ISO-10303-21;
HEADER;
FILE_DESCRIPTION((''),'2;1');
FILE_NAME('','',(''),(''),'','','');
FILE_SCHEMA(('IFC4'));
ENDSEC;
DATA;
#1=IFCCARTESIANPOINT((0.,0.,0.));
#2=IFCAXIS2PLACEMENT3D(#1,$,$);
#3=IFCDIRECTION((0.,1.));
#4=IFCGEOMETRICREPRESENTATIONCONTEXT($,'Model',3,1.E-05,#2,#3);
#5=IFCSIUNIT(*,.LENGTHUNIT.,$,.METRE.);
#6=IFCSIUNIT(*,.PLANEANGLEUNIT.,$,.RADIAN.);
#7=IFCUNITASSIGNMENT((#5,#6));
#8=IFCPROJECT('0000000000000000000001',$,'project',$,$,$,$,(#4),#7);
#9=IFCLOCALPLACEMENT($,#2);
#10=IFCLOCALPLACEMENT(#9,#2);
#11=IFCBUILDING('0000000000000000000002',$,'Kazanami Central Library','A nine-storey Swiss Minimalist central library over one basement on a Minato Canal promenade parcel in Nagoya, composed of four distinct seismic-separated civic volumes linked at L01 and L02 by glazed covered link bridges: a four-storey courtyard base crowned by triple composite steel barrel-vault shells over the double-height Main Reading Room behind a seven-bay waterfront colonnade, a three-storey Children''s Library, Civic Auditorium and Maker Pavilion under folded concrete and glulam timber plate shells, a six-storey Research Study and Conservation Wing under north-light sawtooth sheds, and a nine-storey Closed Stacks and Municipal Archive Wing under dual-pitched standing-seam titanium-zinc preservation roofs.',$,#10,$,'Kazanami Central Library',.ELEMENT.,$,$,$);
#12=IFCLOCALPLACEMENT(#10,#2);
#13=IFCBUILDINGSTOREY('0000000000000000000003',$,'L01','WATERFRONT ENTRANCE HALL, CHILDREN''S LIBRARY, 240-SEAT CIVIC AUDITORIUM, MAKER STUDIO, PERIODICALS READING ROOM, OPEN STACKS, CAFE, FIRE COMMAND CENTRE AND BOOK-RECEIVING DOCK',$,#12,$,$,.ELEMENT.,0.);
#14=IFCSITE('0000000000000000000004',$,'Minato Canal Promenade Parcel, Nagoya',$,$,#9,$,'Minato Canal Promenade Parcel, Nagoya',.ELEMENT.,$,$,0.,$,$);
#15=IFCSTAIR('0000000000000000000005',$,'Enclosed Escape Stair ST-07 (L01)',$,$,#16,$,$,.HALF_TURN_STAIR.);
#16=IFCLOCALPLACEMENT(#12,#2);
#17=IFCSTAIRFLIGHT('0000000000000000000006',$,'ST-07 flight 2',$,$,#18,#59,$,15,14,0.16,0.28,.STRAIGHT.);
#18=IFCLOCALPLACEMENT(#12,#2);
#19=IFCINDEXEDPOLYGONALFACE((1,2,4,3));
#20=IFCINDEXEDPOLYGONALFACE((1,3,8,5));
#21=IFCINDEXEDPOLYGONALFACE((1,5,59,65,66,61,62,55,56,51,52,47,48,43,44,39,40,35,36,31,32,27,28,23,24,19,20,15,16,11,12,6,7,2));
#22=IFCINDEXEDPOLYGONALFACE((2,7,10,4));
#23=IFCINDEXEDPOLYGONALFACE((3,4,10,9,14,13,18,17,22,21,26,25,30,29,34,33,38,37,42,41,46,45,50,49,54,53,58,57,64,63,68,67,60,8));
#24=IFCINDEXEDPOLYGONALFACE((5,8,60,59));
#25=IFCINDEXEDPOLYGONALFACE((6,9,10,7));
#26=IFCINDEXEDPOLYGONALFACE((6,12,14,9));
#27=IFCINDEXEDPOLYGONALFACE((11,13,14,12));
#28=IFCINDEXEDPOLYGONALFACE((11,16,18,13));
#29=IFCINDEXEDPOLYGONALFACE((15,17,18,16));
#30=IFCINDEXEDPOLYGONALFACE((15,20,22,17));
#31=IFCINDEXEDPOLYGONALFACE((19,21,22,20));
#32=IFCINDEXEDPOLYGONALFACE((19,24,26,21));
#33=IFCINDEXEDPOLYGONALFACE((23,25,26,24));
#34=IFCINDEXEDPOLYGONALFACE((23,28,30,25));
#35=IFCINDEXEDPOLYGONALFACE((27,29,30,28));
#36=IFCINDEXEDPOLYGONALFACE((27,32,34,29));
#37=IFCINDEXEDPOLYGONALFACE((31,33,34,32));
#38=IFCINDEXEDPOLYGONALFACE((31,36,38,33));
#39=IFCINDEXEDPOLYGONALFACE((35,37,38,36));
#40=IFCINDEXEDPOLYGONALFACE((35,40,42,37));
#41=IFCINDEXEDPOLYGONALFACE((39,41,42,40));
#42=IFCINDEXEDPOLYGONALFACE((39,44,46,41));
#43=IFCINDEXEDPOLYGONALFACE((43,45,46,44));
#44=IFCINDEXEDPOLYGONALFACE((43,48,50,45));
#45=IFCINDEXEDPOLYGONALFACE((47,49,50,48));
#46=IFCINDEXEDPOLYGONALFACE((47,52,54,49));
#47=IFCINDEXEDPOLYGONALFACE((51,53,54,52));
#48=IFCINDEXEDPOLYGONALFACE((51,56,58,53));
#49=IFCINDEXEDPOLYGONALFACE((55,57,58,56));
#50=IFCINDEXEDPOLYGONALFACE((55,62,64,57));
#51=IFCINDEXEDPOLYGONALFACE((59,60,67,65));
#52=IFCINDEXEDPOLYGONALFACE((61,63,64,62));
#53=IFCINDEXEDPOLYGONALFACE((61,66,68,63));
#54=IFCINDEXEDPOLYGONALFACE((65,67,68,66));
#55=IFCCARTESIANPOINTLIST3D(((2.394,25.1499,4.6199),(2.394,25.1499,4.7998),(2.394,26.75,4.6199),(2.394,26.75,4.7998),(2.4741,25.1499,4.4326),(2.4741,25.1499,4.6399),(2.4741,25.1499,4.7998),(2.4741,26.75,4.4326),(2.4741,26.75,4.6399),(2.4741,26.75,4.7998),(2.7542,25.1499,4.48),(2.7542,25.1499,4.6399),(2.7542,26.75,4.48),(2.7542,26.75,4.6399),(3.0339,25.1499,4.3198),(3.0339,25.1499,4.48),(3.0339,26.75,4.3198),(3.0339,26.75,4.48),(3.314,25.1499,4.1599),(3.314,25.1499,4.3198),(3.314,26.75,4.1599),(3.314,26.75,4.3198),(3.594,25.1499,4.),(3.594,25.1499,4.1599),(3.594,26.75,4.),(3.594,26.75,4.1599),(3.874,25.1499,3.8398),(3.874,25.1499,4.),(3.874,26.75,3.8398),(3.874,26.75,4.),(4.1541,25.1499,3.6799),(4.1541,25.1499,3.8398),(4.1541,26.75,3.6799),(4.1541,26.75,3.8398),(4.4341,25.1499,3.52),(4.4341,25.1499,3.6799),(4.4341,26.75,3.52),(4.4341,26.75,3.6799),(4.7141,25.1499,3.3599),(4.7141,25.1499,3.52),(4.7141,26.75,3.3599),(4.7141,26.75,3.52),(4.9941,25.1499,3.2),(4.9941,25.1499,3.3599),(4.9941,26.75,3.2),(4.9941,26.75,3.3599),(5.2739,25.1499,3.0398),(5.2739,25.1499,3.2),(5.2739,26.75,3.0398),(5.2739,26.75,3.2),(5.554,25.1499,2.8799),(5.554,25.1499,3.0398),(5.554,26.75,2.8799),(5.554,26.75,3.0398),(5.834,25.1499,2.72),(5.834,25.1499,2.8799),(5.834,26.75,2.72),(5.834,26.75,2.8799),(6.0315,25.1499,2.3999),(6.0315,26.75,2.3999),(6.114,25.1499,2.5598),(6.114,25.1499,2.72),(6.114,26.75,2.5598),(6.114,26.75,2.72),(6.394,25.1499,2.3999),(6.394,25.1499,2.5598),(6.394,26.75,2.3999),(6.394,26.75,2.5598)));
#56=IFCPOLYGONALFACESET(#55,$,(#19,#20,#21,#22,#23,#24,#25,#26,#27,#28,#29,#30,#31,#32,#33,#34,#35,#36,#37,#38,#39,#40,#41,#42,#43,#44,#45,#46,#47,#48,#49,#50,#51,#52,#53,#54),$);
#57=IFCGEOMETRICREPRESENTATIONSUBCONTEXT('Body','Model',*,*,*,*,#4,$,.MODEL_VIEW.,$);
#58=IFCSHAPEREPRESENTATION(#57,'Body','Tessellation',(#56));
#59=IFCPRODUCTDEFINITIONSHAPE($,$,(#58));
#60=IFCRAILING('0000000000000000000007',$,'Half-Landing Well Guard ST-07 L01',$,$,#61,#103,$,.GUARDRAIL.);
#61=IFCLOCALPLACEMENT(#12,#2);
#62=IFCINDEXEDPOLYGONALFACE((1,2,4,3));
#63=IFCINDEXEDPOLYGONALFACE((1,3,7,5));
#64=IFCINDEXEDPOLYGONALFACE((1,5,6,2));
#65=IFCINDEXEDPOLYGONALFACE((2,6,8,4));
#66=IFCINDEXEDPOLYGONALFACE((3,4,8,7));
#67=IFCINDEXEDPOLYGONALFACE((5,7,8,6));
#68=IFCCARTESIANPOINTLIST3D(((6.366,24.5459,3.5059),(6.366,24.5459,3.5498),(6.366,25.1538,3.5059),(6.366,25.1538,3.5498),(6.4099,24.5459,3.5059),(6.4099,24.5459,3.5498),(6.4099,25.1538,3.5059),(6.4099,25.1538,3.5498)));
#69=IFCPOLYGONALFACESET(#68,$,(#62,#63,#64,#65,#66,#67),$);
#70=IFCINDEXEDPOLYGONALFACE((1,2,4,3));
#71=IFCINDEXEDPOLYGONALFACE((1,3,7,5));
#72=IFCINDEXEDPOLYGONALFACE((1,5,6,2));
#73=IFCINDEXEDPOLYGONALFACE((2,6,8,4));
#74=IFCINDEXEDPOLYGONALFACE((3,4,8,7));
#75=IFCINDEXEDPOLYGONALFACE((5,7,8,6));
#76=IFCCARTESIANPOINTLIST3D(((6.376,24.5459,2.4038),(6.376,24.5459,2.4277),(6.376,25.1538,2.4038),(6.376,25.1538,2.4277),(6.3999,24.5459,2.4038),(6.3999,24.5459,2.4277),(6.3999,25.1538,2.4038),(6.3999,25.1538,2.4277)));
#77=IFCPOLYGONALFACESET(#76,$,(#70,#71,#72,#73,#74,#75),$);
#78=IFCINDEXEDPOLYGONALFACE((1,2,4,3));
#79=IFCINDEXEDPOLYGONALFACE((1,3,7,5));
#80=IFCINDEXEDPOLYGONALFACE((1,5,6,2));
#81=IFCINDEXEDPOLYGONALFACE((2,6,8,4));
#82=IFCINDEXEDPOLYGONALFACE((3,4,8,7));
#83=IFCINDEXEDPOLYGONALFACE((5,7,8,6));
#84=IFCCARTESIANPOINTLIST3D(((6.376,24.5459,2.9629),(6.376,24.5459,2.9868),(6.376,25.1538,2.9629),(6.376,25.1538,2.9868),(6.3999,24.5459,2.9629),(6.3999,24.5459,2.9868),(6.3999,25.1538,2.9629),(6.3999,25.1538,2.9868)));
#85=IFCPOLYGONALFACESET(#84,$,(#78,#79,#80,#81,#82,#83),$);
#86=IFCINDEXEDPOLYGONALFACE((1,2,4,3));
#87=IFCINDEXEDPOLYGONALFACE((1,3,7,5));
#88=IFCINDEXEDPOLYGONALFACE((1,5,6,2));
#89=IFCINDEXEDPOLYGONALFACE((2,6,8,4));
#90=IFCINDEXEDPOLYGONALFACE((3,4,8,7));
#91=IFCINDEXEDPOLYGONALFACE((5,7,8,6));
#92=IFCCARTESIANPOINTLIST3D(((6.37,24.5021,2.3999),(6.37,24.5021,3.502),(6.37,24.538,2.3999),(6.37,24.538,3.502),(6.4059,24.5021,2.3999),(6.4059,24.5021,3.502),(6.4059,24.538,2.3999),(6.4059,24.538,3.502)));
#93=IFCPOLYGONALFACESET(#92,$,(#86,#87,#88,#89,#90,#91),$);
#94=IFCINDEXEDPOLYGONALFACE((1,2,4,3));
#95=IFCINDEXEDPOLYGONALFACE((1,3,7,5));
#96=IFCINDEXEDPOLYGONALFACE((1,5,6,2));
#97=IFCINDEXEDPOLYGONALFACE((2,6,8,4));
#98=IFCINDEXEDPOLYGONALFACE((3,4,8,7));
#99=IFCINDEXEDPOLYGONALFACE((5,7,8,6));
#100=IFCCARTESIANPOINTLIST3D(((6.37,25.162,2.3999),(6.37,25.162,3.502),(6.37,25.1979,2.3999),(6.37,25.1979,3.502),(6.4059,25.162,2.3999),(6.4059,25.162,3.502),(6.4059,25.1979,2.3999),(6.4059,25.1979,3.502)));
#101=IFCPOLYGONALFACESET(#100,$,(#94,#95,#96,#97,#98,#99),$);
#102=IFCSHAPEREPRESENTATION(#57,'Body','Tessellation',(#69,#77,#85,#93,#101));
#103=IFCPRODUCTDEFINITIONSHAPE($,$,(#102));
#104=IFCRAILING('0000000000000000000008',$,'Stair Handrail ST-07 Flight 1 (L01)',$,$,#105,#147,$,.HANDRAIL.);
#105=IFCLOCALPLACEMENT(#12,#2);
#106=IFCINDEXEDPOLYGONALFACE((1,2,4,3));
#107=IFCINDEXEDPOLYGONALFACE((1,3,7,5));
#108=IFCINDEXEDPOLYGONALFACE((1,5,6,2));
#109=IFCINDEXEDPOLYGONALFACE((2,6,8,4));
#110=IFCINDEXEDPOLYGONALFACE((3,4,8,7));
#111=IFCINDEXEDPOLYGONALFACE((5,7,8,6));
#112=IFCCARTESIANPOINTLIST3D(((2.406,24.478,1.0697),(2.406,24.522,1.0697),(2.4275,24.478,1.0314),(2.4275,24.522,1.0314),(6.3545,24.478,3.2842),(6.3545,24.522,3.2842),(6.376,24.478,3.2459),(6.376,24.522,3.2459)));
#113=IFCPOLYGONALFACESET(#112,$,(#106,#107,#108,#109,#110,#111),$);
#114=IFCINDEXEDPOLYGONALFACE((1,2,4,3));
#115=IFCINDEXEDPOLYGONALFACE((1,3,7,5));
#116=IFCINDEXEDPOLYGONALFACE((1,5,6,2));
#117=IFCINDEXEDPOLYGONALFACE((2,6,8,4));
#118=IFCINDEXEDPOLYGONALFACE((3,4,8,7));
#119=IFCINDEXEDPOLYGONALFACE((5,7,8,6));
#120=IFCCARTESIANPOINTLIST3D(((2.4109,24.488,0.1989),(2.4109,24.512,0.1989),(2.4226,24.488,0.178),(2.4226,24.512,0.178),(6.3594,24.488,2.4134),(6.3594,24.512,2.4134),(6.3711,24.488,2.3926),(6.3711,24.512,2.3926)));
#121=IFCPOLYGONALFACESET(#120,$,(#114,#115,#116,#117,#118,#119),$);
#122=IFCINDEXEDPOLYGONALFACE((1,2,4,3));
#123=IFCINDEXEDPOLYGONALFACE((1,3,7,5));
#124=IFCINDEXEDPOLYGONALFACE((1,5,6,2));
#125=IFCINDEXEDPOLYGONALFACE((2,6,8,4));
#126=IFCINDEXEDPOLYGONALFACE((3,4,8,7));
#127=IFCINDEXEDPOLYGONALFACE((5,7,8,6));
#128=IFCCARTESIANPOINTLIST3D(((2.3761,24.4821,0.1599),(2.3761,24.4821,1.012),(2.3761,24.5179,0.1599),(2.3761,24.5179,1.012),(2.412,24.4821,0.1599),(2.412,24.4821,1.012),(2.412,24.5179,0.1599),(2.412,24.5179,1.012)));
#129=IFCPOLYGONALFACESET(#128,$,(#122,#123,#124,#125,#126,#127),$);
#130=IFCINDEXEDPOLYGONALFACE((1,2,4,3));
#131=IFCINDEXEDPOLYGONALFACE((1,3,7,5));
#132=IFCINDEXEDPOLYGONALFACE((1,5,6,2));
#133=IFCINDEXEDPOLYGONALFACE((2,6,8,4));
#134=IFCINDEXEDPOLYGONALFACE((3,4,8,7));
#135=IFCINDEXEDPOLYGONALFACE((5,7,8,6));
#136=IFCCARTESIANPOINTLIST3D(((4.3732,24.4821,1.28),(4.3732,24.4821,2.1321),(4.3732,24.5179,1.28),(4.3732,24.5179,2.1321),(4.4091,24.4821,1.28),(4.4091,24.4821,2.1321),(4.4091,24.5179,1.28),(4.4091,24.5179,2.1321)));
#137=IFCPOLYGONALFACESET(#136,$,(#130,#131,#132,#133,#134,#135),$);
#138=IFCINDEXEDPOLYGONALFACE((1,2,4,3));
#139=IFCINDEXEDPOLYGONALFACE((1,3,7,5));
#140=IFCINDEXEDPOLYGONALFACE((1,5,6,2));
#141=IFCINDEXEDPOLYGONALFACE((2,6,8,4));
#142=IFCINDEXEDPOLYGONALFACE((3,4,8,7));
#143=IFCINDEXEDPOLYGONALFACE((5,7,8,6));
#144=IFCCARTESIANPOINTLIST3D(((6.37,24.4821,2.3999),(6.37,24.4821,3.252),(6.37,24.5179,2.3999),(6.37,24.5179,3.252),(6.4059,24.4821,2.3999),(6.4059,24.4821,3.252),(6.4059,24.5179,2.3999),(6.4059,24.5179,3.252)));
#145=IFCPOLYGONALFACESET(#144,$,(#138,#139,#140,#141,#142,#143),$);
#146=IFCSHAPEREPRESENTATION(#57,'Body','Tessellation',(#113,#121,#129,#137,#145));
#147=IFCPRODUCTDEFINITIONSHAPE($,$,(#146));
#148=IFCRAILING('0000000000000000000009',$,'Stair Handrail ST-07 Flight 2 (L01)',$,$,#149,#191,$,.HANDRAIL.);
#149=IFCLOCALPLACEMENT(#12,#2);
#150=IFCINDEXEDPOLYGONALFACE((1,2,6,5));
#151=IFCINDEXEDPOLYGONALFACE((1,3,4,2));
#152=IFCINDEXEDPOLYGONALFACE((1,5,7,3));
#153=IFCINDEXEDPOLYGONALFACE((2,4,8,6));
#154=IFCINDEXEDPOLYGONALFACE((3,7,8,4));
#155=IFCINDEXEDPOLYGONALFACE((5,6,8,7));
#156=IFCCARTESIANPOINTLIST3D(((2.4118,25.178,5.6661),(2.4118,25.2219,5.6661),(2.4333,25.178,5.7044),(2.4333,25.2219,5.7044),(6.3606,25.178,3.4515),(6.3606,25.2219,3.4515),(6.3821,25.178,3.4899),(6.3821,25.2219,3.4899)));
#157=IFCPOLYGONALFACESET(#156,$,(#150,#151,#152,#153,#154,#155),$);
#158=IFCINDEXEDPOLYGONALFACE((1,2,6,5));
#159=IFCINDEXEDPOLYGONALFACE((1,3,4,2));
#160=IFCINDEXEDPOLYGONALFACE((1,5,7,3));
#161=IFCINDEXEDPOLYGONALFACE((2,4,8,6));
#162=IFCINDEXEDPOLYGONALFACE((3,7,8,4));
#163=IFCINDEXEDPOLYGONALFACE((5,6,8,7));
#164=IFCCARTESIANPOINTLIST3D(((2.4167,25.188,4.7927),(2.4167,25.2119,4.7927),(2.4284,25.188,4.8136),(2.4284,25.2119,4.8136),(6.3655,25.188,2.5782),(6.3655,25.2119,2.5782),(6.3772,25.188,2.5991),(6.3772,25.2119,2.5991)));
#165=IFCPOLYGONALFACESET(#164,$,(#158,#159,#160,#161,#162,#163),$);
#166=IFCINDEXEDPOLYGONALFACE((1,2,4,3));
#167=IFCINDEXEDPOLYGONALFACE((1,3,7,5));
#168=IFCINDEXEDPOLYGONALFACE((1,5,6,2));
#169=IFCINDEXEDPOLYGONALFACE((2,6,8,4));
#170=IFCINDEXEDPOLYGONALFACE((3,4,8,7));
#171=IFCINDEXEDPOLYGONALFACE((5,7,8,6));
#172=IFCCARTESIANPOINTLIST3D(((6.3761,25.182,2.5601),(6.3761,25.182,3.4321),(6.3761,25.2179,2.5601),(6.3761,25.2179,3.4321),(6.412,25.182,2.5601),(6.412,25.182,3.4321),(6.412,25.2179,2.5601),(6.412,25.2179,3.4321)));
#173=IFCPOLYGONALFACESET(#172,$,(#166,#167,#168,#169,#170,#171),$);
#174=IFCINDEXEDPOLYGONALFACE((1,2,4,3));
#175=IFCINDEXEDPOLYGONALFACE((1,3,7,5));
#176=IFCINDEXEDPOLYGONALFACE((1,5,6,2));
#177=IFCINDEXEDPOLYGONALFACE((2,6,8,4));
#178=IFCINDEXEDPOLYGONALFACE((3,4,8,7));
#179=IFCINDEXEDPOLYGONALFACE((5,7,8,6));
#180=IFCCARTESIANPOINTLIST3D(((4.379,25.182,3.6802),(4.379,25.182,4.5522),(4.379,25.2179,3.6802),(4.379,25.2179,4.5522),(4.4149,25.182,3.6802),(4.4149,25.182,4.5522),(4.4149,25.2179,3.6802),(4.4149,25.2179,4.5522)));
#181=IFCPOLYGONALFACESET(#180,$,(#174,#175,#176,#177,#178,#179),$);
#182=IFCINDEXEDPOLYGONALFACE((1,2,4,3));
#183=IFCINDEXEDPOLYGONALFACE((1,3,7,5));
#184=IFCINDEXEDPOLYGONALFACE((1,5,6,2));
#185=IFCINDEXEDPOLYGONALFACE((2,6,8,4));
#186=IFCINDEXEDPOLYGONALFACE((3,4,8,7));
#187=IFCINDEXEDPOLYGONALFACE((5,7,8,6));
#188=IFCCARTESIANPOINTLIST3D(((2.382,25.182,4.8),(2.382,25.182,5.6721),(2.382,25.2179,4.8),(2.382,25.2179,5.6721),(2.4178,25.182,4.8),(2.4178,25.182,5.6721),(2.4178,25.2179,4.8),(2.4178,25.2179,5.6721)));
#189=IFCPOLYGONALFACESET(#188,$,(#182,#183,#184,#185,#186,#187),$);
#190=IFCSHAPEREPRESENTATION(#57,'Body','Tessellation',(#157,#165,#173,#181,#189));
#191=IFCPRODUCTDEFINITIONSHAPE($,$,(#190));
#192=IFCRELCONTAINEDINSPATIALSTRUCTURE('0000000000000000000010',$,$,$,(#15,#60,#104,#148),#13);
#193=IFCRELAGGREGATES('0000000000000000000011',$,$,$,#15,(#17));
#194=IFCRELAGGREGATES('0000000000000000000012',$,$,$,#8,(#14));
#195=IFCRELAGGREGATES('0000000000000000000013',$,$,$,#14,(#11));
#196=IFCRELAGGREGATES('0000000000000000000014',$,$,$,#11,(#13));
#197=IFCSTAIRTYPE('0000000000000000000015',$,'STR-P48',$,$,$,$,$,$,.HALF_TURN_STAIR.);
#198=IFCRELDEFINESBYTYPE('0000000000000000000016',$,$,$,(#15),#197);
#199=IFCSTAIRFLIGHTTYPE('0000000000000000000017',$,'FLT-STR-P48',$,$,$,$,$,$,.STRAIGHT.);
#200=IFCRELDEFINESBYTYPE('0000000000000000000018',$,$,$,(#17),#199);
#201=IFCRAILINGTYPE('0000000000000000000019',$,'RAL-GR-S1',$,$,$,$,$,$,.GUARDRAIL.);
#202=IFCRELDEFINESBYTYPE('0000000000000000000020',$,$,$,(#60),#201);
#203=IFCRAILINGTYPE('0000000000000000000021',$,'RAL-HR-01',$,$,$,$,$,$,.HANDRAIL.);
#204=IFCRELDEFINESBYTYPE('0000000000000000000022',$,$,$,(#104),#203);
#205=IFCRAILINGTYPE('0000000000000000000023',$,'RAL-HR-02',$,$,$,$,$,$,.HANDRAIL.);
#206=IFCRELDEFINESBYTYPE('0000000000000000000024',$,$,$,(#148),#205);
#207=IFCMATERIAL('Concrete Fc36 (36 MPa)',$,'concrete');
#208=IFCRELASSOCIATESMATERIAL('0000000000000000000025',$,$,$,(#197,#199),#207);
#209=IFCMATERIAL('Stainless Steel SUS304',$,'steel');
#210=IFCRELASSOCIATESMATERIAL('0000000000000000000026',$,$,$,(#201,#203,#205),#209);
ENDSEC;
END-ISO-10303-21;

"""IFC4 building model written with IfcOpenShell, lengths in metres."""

from ifc_helpers import new_model, si_unit, direction, frame, origin, origin_2d, place, context, subcontext, project, spatial, polyline, rectangle, outline, extrude, material, type_object, element, aggregate, save


model = new_model("IFC4")

# Units and contexts
model_context = context("Model", 3, precision=1e-05, world=origin(), true_north=direction((0.0, 1.0)))
body_context = subcontext(model_context, "Body", "Model", "MODEL_VIEW")
ifc_project = project(units=[si_unit("LENGTHUNIT", "METRE"), si_unit("PLANEANGLEUNIT", "RADIAN")], contexts=[model_context])

# Site, building, storey
site_placement = place(None, origin())
site = spatial("IfcSite", under=ifc_project, at=site_placement, Name="Minato Canal Promenade Parcel, Nagoya", LongName="Minato Canal Promenade Parcel, Nagoya", CompositionType="ELEMENT", RefElevation=0.0)
building_placement = place(site_placement, origin())
building = spatial("IfcBuilding", under=site, at=building_placement, Name="Kazanami Central Library", Description="A nine-storey Swiss Minimalist central library over one basement on a Minato Canal promenade parcel in Nagoya, composed of four distinct seismic-separated civic volumes linked at L01 and L02 by glazed covered link bridges: a four-storey courtyard base crowned by triple composite steel barrel-vault shells over the double-height Main Reading Room behind a seven-bay waterfront colonnade, a three-storey Children's Library, Civic Auditorium and Maker Pavilion under folded concrete and glulam timber plate shells, a six-storey Research Study and Conservation Wing under north-light sawtooth sheds, and a nine-storey Closed Stacks and Municipal Archive Wing under dual-pitched standing-seam titanium-zinc preservation roofs.", LongName="Kazanami Central Library", CompositionType="ELEMENT")
storey_placement = place(building_placement, origin())
storey = spatial("IfcBuildingStorey", under=building, at=storey_placement, Name="L01", Description="WATERFRONT ENTRANCE HALL, CHILDREN'S LIBRARY, 240-SEAT CIVIC AUDITORIUM, MAKER STUDIO, PERIODICALS READING ROOM, OPEN STACKS, CAFE, FIRE COMMAND CENTRE AND BOOK-RECEIVING DOCK", CompositionType="ELEMENT", Elevation=0.0)

# Shared definitions
ifc_material_1 = material(Name="Concrete Fc36 (36 MPa)", Category="concrete")

# Stair, stair flight
stair_type = type_object("IfcStairType", Name="STR-P48", PredefinedType="HALF_TURN_STAIR", material=ifc_material_1)
stair_placement = place(storey_placement, origin())
stair = element("IfcStair", 1, at=stair_placement, inside=storey, type_object=stair_type, Name="Enclosed Escape Stair ST-07 (L01)", PredefinedType="HALF_TURN_STAIR")
stair_flight_type = type_object("IfcStairFlightType", Name="FLT-STR-P48", PredefinedType="STRAIGHT", material=ifc_material_1)
stair_flight_1_placement = place(storey_placement, frame((6.394, 25.95, 2.3999), z_axis=(0.0, 0.0, 1.0), x_axis=(-1.0, 0.0, 0.0)))
stair_flight_1 = element("IfcStairFlight", 2, at=stair_flight_1_placement, type_object=stair_flight_type, Name="ST-07 flight 2", NumberOfRisers=15, NumberOfTreads=14, PredefinedType="STRAIGHT", RiserHeight=0.16, TreadLength=0.28, context=body_context, shape_type="SweptSolid", body=[
    extrude(outline(polyline([(0.0, 0.0), (0.0, 0.1599), (0.28, 0.1599), (0.28, 0.3201), (0.5601, 0.3201), (0.5601, 0.48), (0.8401, 0.48), (0.8401, 0.6399), (1.1201, 0.6399), (1.1201, 0.8), (1.3999, 0.8), (1.3999, 0.96), (1.6799, 0.96), (1.6799, 1.1201), (1.96, 1.1201), (1.96, 1.28), (2.24, 1.28), (2.24, 1.4399), (2.52, 1.4399), (2.52, 1.6001), (2.8, 1.6001), (2.8, 1.76), (3.0801, 1.76), (3.0801, 1.9199), (3.3601, 1.9199), (3.3601, 2.0801), (3.6399, 2.0801), (3.6399, 2.24), (3.9199, 2.24), (3.9199, 2.3999), (4.0, 2.3999), (4.0, 2.22), (3.9199, 2.0327), (0.3625, 0.0), (0.0, 0.0)])), frame((0.0, 0.8, 0.0), z_axis=(0.0, -1.0, 0.0), x_axis=(1.0, 0.0, 0.0)), (0.0, 0.0, 1.0), 1.6001),
])
aggregate(stair, [stair_flight_1])

# Railings
ifc_material_2 = material(Name="Stainless Steel SUS304", Category="steel")
railing_type_1 = type_object("IfcRailingType", Name="RAL-GR-S1", PredefinedType="GUARDRAIL", material=ifc_material_2)
railing_1_placement = place(storey_placement, frame((6.3879, 24.52, 2.3999)))
element("IfcRailing", 3, at=railing_1_placement, inside=storey, type_object=railing_type_1, Name="Half-Landing Well Guard ST-07 L01", PredefinedType="GUARDRAIL", context=body_context, shape_type="SweptSolid", body=[
    extrude(rectangle(XDim=0.0439, YDim=0.0439, at=origin_2d()), frame((0.0, 0.0259, 1.1279), z_axis=(0.0, 1.0, 0.0), x_axis=(-1.0, 0.0, 0.0)), (0.0, 0.0, 1.0), 0.6079),
    extrude(rectangle(XDim=0.0239, YDim=0.0239, at=origin_2d()), frame((0.0, 0.0259, 0.0159), z_axis=(0.0, 1.0, 0.0), x_axis=(-1.0, 0.0, 0.0)), (0.0, 0.0, 1.0), 0.6079),
    extrude(rectangle(XDim=0.0239, YDim=0.0239, at=origin_2d()), frame((0.0, 0.0259, 0.575), z_axis=(0.0, 1.0, 0.0), x_axis=(-1.0, 0.0, 0.0)), (0.0, 0.0, 1.0), 0.6079),
    extrude(rectangle(XDim=0.0359, YDim=0.0359, at=origin_2d()), origin(), (0.0, 0.0, 1.0), 1.1021),
    extrude(rectangle(XDim=0.0359, YDim=0.0359, at=origin_2d()), frame((0.0, 0.6599, 0.0)), (0.0, 0.0, 1.0), 1.1021),
])
railing_type_2 = type_object("IfcRailingType", Name="RAL-HR-01", PredefinedType="HANDRAIL", material=ifc_material_2)
railing_2_placement = place(storey_placement, frame((2.394, 24.5, 0.1599)))
element("IfcRailing", 4, at=railing_2_placement, inside=storey, type_object=railing_type_2, Name="Stair Handrail ST-07 Flight 1 (L01)", PredefinedType="HANDRAIL", context=body_context, shape_type="SweptSolid", body=[
    extrude(rectangle(XDim=0.0439, YDim=0.0439, at=origin_2d()), frame((0.0227, 0.0, 0.8906), z_axis=(0.872189, 0.0, 0.48917), x_axis=(0.0, 1.0, 0.0)), (0.0, 0.0, 1.0), 4.5271),
    extrude(rectangle(XDim=0.0239, YDim=0.0239, at=origin_2d()), frame((0.0227, 0.0, 0.0286), z_axis=(0.872189, 0.0, 0.48917), x_axis=(0.0, 1.0, 0.0)), (0.0, 0.0, 1.0), 4.5271),
    extrude(rectangle(XDim=0.0359, YDim=0.0359, at=origin_2d()), origin(), (0.0, 0.0, 1.0), 0.8521),
    extrude(rectangle(XDim=0.0359, YDim=0.0359, at=origin_2d()), frame((1.9971, 0.0, 1.1201)), (0.0, 0.0, 1.0), 0.8521),
    extrude(rectangle(XDim=0.0359, YDim=0.0359, at=origin_2d()), frame((3.9939, 0.0, 2.24)), (0.0, 0.0, 1.0), 0.8521),
])
railing_type_3 = type_object("IfcRailingType", Name="RAL-HR-02", PredefinedType="HANDRAIL", material=ifc_material_2)
railing_3_placement = place(storey_placement, frame((6.394, 25.2, 2.5601)))
element("IfcRailing", 5, at=railing_3_placement, inside=storey, type_object=railing_type_3, Name="Stair Handrail ST-07 Flight 2 (L01)", PredefinedType="HANDRAIL", context=body_context, shape_type="SweptSolid", body=[
    extrude(rectangle(XDim=0.0439, YDim=0.0439, at=origin_2d()), frame((-0.0227, 0.0, 0.9106), z_axis=(-0.872201, 0.0, 0.489147), x_axis=(0.0, -1.0, 0.0)), (0.0, 0.0, 1.0), 4.5273),
    extrude(rectangle(XDim=0.0239, YDim=0.0239, at=origin_2d()), frame((-0.0227, 0.0, 0.0286), z_axis=(-0.872201, 0.0, 0.489147), x_axis=(0.0, -1.0, 0.0)), (0.0, 0.0, 1.0), 4.5273),
    extrude(rectangle(XDim=0.0359, YDim=0.0359, at=origin_2d()), origin(), (0.0, 0.0, 1.0), 0.8721),
    extrude(rectangle(XDim=0.0359, YDim=0.0359, at=origin_2d()), frame((-1.9971, 0.0, 1.1201)), (0.0, 0.0, 1.0), 0.8721),
    extrude(rectangle(XDim=0.0359, YDim=0.0359, at=origin_2d()), frame((-3.9941, 0.0, 2.24)), (0.0, 0.0, 1.0), 0.8721),
])

save(model, "model.ifc")
